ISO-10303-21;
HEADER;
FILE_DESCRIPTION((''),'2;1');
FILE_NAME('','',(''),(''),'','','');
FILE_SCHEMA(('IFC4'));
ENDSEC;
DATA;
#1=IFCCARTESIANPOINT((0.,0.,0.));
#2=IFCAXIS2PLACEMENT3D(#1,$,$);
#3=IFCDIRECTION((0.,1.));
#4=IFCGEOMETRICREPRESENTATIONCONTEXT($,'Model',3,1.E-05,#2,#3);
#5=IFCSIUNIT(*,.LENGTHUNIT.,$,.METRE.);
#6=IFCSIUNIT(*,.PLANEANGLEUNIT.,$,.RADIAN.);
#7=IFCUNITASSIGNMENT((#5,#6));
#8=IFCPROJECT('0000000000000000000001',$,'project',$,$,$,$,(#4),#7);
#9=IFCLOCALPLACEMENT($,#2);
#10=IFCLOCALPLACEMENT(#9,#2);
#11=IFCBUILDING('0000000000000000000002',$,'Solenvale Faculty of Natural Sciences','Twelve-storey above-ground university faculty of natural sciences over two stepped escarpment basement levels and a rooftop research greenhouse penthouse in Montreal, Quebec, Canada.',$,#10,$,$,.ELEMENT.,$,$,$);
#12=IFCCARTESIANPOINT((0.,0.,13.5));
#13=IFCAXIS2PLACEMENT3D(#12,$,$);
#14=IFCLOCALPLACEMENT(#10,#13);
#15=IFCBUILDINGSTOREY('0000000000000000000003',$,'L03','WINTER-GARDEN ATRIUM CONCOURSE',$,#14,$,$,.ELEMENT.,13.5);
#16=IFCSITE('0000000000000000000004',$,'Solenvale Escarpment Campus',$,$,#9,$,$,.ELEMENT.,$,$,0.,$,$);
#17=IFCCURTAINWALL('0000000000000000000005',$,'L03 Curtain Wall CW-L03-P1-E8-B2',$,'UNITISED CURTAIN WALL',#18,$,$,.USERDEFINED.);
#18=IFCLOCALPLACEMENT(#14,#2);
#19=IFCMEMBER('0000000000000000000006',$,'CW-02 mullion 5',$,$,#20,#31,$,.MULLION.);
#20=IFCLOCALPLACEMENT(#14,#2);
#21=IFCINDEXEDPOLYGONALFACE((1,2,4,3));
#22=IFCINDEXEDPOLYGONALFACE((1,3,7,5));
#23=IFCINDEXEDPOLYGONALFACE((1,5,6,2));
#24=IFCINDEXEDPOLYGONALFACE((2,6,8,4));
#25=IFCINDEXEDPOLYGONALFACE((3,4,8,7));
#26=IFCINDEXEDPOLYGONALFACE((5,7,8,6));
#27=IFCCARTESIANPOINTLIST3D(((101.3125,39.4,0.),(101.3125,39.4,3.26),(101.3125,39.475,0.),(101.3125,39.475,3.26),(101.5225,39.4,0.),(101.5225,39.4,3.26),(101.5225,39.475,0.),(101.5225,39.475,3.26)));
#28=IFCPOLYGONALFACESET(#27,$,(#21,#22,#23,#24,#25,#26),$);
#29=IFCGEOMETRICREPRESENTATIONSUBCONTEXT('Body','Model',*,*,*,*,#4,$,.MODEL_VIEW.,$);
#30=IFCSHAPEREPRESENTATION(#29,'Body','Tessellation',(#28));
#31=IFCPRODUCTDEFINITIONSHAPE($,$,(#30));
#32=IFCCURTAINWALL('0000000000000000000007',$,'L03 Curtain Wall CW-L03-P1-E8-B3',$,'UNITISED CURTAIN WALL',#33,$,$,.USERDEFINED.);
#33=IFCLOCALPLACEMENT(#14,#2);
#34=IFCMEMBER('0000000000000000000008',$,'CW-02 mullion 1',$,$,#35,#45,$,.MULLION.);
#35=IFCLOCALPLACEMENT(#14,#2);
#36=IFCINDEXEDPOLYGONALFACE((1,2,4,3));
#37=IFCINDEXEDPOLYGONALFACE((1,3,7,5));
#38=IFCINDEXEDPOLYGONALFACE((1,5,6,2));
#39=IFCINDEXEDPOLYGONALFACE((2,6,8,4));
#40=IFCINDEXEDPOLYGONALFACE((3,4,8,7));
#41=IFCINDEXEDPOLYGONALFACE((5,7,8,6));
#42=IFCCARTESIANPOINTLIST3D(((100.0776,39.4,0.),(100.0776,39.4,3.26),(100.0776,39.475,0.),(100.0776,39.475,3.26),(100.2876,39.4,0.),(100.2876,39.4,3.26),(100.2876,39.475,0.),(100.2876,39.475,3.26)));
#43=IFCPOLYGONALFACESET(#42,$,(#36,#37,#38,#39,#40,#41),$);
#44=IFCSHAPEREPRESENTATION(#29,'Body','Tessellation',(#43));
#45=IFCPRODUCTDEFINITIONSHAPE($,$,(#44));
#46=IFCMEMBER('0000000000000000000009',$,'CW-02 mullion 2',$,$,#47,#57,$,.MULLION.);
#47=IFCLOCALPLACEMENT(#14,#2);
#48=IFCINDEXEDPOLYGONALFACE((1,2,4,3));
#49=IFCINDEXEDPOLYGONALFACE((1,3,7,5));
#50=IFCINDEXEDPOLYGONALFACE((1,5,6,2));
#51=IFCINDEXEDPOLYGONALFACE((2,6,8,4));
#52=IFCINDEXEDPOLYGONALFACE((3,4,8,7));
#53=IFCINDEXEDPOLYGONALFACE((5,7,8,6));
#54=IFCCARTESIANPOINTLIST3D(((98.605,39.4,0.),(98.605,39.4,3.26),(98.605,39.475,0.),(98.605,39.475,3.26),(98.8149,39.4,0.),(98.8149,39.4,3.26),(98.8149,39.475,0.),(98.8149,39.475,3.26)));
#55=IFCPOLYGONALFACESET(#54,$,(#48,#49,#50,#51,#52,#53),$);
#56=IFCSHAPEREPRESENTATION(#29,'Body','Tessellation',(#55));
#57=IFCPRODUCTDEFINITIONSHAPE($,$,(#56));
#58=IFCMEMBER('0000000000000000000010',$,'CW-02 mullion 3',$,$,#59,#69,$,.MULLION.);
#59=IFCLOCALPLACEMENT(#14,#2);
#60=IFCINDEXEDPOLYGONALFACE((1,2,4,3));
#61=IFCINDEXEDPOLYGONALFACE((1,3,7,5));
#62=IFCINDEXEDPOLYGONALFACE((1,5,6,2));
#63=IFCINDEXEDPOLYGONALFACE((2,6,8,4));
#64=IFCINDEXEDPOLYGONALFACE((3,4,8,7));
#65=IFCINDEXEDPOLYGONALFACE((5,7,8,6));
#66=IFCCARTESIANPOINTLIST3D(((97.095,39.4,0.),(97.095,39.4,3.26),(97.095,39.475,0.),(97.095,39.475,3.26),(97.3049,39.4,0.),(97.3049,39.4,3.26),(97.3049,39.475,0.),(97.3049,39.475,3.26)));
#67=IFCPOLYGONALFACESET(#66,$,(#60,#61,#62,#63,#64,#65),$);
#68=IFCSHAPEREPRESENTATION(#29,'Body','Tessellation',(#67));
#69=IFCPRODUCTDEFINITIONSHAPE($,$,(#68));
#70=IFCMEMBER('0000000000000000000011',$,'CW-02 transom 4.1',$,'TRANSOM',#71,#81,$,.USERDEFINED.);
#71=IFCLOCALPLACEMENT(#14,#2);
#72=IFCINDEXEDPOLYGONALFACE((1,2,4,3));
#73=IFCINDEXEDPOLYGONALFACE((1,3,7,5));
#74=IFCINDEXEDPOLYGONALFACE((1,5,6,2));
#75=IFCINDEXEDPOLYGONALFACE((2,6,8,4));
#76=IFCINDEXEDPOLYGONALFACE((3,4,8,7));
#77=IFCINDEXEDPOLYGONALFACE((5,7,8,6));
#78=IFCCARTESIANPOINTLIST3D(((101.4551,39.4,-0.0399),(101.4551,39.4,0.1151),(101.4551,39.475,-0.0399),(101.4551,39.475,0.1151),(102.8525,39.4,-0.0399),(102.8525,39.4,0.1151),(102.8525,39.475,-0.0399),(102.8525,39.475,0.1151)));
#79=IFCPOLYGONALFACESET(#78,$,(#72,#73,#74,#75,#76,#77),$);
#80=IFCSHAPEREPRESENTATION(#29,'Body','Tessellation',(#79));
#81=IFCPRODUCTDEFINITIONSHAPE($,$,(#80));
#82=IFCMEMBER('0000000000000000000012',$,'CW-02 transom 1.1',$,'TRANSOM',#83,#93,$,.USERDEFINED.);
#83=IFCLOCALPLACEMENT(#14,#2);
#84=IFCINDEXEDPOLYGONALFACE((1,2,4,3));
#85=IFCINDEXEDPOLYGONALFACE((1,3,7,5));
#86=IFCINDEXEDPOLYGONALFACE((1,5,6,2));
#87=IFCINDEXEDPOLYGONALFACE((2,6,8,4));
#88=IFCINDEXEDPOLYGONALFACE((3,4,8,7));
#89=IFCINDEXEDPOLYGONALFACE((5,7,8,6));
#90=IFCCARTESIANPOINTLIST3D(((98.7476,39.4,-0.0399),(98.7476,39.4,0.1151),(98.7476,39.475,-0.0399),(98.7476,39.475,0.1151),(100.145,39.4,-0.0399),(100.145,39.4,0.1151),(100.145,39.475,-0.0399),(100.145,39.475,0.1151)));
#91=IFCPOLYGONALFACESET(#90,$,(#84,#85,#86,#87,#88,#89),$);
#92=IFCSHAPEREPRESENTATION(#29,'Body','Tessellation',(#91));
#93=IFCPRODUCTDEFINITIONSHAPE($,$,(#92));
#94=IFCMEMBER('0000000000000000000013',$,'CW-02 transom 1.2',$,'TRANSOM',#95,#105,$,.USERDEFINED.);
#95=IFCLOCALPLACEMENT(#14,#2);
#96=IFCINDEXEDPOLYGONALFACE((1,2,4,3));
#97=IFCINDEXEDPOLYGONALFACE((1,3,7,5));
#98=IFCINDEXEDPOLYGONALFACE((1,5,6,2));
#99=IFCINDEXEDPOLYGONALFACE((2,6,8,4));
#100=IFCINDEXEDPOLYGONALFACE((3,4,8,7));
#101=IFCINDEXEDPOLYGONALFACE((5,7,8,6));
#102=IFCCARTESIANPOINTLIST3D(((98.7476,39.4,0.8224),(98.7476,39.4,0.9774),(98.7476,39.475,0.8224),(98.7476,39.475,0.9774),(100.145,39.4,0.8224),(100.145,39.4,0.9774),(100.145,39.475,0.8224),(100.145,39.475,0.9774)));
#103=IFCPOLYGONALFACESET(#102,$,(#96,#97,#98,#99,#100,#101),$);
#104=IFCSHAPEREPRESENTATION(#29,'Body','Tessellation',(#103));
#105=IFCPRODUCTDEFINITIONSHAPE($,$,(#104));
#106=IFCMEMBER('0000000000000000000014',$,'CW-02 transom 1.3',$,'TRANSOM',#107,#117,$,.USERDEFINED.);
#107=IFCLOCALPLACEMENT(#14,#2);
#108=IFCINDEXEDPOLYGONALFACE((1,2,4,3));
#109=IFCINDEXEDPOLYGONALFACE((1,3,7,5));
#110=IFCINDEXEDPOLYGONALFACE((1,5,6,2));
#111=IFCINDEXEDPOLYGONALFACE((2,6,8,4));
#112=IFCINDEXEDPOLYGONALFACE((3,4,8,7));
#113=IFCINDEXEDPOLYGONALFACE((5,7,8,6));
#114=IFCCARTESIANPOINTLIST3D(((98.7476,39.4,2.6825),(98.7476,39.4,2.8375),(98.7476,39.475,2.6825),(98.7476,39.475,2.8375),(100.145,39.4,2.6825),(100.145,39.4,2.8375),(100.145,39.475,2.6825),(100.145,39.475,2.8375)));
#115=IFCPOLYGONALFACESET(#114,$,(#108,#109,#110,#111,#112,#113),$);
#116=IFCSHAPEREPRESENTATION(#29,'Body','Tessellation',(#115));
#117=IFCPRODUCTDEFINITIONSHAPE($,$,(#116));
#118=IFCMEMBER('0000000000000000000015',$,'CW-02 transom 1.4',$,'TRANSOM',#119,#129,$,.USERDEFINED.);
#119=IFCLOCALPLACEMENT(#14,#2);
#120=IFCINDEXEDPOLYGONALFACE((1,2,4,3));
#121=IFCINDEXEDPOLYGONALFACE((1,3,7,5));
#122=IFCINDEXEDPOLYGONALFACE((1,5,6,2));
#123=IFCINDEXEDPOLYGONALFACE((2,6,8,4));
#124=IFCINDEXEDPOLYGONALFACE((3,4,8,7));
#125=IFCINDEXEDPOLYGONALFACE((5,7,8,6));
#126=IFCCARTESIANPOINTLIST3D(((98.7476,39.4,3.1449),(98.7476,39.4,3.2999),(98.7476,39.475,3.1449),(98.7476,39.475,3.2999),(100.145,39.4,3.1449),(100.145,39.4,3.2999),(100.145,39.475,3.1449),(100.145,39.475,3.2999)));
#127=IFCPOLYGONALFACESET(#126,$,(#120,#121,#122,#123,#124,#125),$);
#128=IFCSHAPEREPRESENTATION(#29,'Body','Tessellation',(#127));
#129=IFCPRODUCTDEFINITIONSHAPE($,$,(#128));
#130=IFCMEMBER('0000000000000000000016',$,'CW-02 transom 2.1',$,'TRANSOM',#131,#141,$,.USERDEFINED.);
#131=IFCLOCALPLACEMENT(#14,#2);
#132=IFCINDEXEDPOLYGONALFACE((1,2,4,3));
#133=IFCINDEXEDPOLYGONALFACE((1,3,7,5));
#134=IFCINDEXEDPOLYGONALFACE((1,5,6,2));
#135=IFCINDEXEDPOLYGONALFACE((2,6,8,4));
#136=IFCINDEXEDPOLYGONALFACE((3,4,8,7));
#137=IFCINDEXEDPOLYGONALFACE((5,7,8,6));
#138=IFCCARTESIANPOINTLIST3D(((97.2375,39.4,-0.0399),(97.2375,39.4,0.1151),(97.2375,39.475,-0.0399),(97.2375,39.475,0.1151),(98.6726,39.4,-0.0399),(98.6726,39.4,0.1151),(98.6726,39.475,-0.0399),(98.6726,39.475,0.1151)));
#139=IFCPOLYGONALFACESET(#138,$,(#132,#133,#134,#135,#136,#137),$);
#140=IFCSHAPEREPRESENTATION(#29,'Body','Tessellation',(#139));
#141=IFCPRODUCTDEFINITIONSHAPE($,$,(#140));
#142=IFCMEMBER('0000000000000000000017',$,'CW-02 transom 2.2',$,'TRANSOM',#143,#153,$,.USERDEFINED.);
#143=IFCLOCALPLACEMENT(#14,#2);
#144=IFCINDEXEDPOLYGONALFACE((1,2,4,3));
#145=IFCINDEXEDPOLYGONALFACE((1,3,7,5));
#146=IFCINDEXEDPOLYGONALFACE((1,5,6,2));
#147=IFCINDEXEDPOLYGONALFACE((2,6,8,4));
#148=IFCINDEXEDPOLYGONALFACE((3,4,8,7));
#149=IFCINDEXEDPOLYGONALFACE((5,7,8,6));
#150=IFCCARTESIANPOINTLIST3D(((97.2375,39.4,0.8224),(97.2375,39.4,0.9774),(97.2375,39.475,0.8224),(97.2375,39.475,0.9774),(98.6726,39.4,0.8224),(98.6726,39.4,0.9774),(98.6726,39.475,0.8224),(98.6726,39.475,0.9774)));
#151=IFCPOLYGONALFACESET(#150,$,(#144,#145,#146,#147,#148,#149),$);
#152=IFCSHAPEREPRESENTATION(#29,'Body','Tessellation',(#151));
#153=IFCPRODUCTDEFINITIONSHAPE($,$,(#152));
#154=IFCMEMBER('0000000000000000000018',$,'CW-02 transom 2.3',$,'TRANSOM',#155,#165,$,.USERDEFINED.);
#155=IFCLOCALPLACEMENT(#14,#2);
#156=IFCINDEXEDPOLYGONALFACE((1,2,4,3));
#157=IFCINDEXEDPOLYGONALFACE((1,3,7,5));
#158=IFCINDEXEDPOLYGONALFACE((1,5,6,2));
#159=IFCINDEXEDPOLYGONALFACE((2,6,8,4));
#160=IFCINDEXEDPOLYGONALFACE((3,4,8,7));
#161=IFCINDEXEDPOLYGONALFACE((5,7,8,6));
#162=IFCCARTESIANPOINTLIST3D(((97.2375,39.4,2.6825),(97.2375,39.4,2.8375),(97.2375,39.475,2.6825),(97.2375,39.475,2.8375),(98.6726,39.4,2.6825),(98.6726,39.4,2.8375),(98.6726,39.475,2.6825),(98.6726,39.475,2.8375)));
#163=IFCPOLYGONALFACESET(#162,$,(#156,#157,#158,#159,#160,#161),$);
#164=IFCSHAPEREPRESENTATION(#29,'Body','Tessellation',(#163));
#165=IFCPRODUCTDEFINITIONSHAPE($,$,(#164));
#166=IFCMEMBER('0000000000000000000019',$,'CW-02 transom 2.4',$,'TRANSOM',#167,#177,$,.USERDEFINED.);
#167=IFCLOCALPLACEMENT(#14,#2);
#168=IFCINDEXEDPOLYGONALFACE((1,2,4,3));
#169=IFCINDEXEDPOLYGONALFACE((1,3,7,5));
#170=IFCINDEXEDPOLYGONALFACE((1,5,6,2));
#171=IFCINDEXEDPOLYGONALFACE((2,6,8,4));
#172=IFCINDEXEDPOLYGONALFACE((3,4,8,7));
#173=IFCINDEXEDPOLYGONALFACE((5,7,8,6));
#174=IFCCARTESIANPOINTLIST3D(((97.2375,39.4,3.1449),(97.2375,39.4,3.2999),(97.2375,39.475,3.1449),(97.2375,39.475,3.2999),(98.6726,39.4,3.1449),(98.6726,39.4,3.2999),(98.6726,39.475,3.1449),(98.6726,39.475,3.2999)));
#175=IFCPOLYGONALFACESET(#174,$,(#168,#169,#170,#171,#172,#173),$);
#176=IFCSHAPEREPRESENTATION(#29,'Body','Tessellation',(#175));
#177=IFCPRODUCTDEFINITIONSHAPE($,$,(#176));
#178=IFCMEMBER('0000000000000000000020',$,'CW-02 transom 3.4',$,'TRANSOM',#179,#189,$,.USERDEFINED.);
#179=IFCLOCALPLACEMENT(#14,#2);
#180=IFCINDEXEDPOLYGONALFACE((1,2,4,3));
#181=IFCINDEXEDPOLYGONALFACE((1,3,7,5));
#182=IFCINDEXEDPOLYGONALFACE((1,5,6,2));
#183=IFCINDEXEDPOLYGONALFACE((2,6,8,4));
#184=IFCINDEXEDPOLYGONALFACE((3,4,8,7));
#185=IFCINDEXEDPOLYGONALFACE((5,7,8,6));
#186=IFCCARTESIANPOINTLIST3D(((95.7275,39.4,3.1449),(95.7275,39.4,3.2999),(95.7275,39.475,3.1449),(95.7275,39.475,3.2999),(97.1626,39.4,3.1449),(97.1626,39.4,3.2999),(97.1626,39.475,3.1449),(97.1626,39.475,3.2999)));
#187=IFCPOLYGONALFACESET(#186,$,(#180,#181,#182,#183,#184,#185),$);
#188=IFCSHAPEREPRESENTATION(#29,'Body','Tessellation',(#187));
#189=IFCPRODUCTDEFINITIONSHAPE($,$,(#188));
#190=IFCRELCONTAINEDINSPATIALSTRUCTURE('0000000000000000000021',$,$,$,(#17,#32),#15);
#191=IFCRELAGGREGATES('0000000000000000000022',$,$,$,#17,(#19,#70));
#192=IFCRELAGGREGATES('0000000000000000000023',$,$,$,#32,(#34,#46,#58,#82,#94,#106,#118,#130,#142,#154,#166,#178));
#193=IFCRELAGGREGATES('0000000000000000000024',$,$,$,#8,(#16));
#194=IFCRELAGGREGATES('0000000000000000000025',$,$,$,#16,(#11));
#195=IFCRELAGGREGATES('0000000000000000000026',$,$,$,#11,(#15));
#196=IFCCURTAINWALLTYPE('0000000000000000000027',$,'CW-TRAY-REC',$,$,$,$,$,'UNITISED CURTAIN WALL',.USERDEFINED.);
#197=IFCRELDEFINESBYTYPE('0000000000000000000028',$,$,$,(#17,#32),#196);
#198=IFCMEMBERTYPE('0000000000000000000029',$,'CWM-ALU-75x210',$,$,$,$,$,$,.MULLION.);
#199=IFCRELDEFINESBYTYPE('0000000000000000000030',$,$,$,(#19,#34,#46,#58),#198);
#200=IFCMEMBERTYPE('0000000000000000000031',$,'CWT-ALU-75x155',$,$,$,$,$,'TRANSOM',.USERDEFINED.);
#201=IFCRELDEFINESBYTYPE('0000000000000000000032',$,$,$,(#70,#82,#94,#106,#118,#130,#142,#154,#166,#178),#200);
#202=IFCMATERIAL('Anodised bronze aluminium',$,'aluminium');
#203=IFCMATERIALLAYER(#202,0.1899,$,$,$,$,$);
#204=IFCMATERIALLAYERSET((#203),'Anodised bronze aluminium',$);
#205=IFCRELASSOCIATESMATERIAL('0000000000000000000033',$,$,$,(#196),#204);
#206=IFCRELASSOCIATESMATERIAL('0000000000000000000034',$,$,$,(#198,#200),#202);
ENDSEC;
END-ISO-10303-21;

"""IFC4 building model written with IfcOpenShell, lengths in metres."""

from ifc_helpers import new_model, si_unit, direction, frame, origin, origin_2d, place, context, subcontext, project, spatial, rectangle, extrude, material, layer, layer_set, material_profile, profile_set, type_object, element, aggregate, save


model = new_model("IFC4")

# Units and contexts
model_context = context("Model", 3, precision=1e-05, world=origin(), true_north=direction((0.0, 1.0)))
body_context = subcontext(model_context, "Body", "Model", "MODEL_VIEW")
ifc_project = project(units=[si_unit("LENGTHUNIT", "METRE"), si_unit("PLANEANGLEUNIT", "RADIAN")], contexts=[model_context])

# Site, building, storey
site_placement = place(None, origin())
site = spatial("IfcSite", under=ifc_project, at=site_placement, Name="Solenvale Escarpment Campus", CompositionType="ELEMENT", RefElevation=0.0)
building_placement = place(site_placement, origin())
building = spatial("IfcBuilding", under=site, at=building_placement, Name="Solenvale Faculty of Natural Sciences", Description="Twelve-storey above-ground university faculty of natural sciences over two stepped escarpment basement levels and a rooftop research greenhouse penthouse in Montreal, Quebec, Canada.", CompositionType="ELEMENT")
storey_placement = place(building_placement, frame((0.0, 0.0, 13.5)))
storey = spatial("IfcBuildingStorey", under=building, at=storey_placement, Name="L03", Description="WINTER-GARDEN ATRIUM CONCOURSE", CompositionType="ELEMENT", Elevation=13.5)

# Curtain wall, member
ifc_material_1 = material(Name="Anodised bronze aluminium", Category="aluminium")
ifc_layer_1 = layer(ifc_material_1, 0.1899)
ifc_layer_set_1 = layer_set([ifc_layer_1], Name="Anodised bronze aluminium")
curtain_wall_type = type_object("IfcCurtainWallType", Name="CW-TRAY-REC", ElementType="UNITISED CURTAIN WALL", PredefinedType="USERDEFINED", material=ifc_layer_set_1)
curtain_wall_1_placement = place(storey_placement, origin())
curtain_wall_1 = element("IfcCurtainWall", 1, at=curtain_wall_1_placement, inside=storey, type_object=curtain_wall_type, Name="L03 Curtain Wall CW-L03-P1-E8-B2", ObjectType="UNITISED CURTAIN WALL", PredefinedType="USERDEFINED")
ifc_material_profile_1 = material_profile(ifc_material_1, rectangle(XDim=0.075, YDim=0.21, at=origin_2d()), Name="ALU-MUL-75x210")
ifc_profile_set_1 = profile_set([ifc_material_profile_1], Name="Anodised bronze aluminium")
member_type_1 = type_object("IfcMemberType", Name="CWM-ALU-75x210", PredefinedType="MULLION", material=ifc_profile_set_1)
member_1_placement = place(storey_placement, frame((101.4175, 39.4375, 0.0), z_axis=(0.0, 0.0, 1.0), x_axis=(0.0, -1.0, 0.0)))
member_1 = element("IfcMember", 2, at=member_1_placement, type_object=member_type_1, Name="CW-02 mullion 5", PredefinedType="MULLION", context=body_context, shape_type="SweptSolid", body=[
    extrude(rectangle(XDim=0.075, YDim=0.21, at=origin_2d()), origin(), (0.0, 0.0, 1.0), 3.26),
])

# Curtain wall, members
curtain_wall_2_placement = place(storey_placement, origin())
curtain_wall_2 = element("IfcCurtainWall", 3, at=curtain_wall_2_placement, inside=storey, type_object=curtain_wall_type, Name="L03 Curtain Wall CW-L03-P1-E8-B3", ObjectType="UNITISED CURTAIN WALL", PredefinedType="USERDEFINED")
member_2_placement = place(storey_placement, frame((100.1826, 39.4375, 0.0), z_axis=(0.0, 0.0, 1.0), x_axis=(0.0, -1.0, 0.0)))
member_2 = element("IfcMember", 4, at=member_2_placement, type_object=member_type_1, Name="CW-02 mullion 1", PredefinedType="MULLION", context=body_context, shape_type="SweptSolid", body=[
    extrude(rectangle(XDim=0.075, YDim=0.21, at=origin_2d()), origin(), (0.0, 0.0, 1.0), 3.26),
])
member_3_placement = place(storey_placement, frame((98.71, 39.4375, 0.0), z_axis=(0.0, 0.0, 1.0), x_axis=(0.0, -1.0, 0.0)))
member_3 = element("IfcMember", 5, at=member_3_placement, type_object=member_type_1, Name="CW-02 mullion 2", PredefinedType="MULLION", context=body_context, shape_type="SweptSolid", body=[
    extrude(rectangle(XDim=0.075, YDim=0.21, at=origin_2d()), origin(), (0.0, 0.0, 1.0), 3.26),
])
member_4_placement = place(storey_placement, frame((97.2, 39.4375, 0.0), z_axis=(0.0, 0.0, 1.0), x_axis=(0.0, -1.0, 0.0)))
member_4 = element("IfcMember", 6, at=member_4_placement, type_object=member_type_1, Name="CW-02 mullion 3", PredefinedType="MULLION", context=body_context, shape_type="SweptSolid", body=[
    extrude(rectangle(XDim=0.075, YDim=0.21, at=origin_2d()), origin(), (0.0, 0.0, 1.0), 3.26),
])

# Members
ifc_material_profile_2 = material_profile(ifc_material_1, rectangle(XDim=0.075, YDim=0.155, at=origin_2d()), Name="ALU-TRN-75x155")
ifc_profile_set_2 = profile_set([ifc_material_profile_2], Name="Anodised bronze aluminium")
member_type_2 = type_object("IfcMemberType", Name="CWT-ALU-75x155", ElementType="TRANSOM", PredefinedType="USERDEFINED", material=ifc_profile_set_2)
member_5_placement = place(storey_placement, frame((102.8525, 39.4375, 0.0376), z_axis=(-1.0, 0.0, 0.0), x_axis=(0.0, -1.0, 0.0)))
member_5 = element("IfcMember", 7, at=member_5_placement, type_object=member_type_2, Name="CW-02 transom 4.1", ObjectType="TRANSOM", PredefinedType="USERDEFINED", context=body_context, shape_type="SweptSolid", body=[
    extrude(rectangle(XDim=0.075, YDim=0.155, at=origin_2d()), origin(), (0.0, 0.0, 1.0), 1.3975),
])
member_6_placement = place(storey_placement, frame((100.145, 39.4375, 0.0376), z_axis=(-1.0, 0.0, 0.0), x_axis=(0.0, -1.0, 0.0)))
member_6 = element("IfcMember", 8, at=member_6_placement, type_object=member_type_2, Name="CW-02 transom 1.1", ObjectType="TRANSOM", PredefinedType="USERDEFINED", context=body_context, shape_type="SweptSolid", body=[
    extrude(rectangle(XDim=0.075, YDim=0.155, at=origin_2d()), origin(), (0.0, 0.0, 1.0), 1.3975),
])
member_7_placement = place(storey_placement, frame((100.145, 39.4375, 0.8999), z_axis=(-1.0, 0.0, 0.0), x_axis=(0.0, -1.0, 0.0)))
member_7 = element("IfcMember", 9, at=member_7_placement, type_object=member_type_2, Name="CW-02 transom 1.2", ObjectType="TRANSOM", PredefinedType="USERDEFINED", context=body_context, shape_type="SweptSolid", body=[
    extrude(rectangle(XDim=0.075, YDim=0.155, at=origin_2d()), origin(), (0.0, 0.0, 1.0), 1.3975),
])
member_8_placement = place(storey_placement, frame((100.145, 39.4375, 2.76), z_axis=(-1.0, 0.0, 0.0), x_axis=(0.0, -1.0, 0.0)))
member_8 = element("IfcMember", 10, at=member_8_placement, type_object=member_type_2, Name="CW-02 transom 1.3", ObjectType="TRANSOM", PredefinedType="USERDEFINED", context=body_context, shape_type="SweptSolid", body=[
    extrude(rectangle(XDim=0.075, YDim=0.155, at=origin_2d()), origin(), (0.0, 0.0, 1.0), 1.3975),
])
member_9_placement = place(storey_placement, frame((100.145, 39.4375, 3.2224), z_axis=(-1.0, 0.0, 0.0), x_axis=(0.0, -1.0, 0.0)))
member_9 = element("IfcMember", 11, at=member_9_placement, type_object=member_type_2, Name="CW-02 transom 1.4", ObjectType="TRANSOM", PredefinedType="USERDEFINED", context=body_context, shape_type="SweptSolid", body=[
    extrude(rectangle(XDim=0.075, YDim=0.155, at=origin_2d()), origin(), (0.0, 0.0, 1.0), 1.3975),
])
member_10_placement = place(storey_placement, frame((98.6726, 39.4375, 0.0376), z_axis=(-1.0, 0.0, 0.0), x_axis=(0.0, -1.0, 0.0)))
member_10 = element("IfcMember", 12, at=member_10_placement, type_object=member_type_2, Name="CW-02 transom 2.1", ObjectType="TRANSOM", PredefinedType="USERDEFINED", context=body_context, shape_type="SweptSolid", body=[
    extrude(rectangle(XDim=0.075, YDim=0.155, at=origin_2d()), origin(), (0.0, 0.0, 1.0), 1.4351),
])
member_11_placement = place(storey_placement, frame((98.6726, 39.4375, 0.8999), z_axis=(-1.0, 0.0, 0.0), x_axis=(0.0, -1.0, 0.0)))
member_11 = element("IfcMember", 13, at=member_11_placement, type_object=member_type_2, Name="CW-02 transom 2.2", ObjectType="TRANSOM", PredefinedType="USERDEFINED", context=body_context, shape_type="SweptSolid", body=[
    extrude(rectangle(XDim=0.075, YDim=0.155, at=origin_2d()), origin(), (0.0, 0.0, 1.0), 1.4351),
])
member_12_placement = place(storey_placement, frame((98.6726, 39.4375, 2.76), z_axis=(-1.0, 0.0, 0.0), x_axis=(0.0, -1.0, 0.0)))
member_12 = element("IfcMember", 14, at=member_12_placement, type_object=member_type_2, Name="CW-02 transom 2.3", ObjectType="TRANSOM", PredefinedType="USERDEFINED", context=body_context, shape_type="SweptSolid", body=[
    extrude(rectangle(XDim=0.075, YDim=0.155, at=origin_2d()), origin(), (0.0, 0.0, 1.0), 1.4351),
])
member_13_placement = place(storey_placement, frame((98.6726, 39.4375, 3.2224), z_axis=(-1.0, 0.0, 0.0), x_axis=(0.0, -1.0, 0.0)))
member_13 = element("IfcMember", 15, at=member_13_placement, type_object=member_type_2, Name="CW-02 transom 2.4", ObjectType="TRANSOM", PredefinedType="USERDEFINED", context=body_context, shape_type="SweptSolid", body=[
    extrude(rectangle(XDim=0.075, YDim=0.155, at=origin_2d()), origin(), (0.0, 0.0, 1.0), 1.4351),
])
member_14_placement = place(storey_placement, frame((97.1626, 39.4375, 3.2224), z_axis=(-1.0, 0.0, 0.0), x_axis=(0.0, -1.0, 0.0)))
member_14 = element("IfcMember", 16, at=member_14_placement, type_object=member_type_2, Name="CW-02 transom 3.4", ObjectType="TRANSOM", PredefinedType="USERDEFINED", context=body_context, shape_type="SweptSolid", body=[
    extrude(rectangle(XDim=0.075, YDim=0.155, at=origin_2d()), origin(), (0.0, 0.0, 1.0), 1.4351),
])

aggregate(curtain_wall_1, [member_1, member_5])
aggregate(curtain_wall_2, [member_2, member_3, member_4, member_6, member_7, member_8, member_9, member_10, member_11, member_12, member_13, member_14])

save(model, "model.ifc")
